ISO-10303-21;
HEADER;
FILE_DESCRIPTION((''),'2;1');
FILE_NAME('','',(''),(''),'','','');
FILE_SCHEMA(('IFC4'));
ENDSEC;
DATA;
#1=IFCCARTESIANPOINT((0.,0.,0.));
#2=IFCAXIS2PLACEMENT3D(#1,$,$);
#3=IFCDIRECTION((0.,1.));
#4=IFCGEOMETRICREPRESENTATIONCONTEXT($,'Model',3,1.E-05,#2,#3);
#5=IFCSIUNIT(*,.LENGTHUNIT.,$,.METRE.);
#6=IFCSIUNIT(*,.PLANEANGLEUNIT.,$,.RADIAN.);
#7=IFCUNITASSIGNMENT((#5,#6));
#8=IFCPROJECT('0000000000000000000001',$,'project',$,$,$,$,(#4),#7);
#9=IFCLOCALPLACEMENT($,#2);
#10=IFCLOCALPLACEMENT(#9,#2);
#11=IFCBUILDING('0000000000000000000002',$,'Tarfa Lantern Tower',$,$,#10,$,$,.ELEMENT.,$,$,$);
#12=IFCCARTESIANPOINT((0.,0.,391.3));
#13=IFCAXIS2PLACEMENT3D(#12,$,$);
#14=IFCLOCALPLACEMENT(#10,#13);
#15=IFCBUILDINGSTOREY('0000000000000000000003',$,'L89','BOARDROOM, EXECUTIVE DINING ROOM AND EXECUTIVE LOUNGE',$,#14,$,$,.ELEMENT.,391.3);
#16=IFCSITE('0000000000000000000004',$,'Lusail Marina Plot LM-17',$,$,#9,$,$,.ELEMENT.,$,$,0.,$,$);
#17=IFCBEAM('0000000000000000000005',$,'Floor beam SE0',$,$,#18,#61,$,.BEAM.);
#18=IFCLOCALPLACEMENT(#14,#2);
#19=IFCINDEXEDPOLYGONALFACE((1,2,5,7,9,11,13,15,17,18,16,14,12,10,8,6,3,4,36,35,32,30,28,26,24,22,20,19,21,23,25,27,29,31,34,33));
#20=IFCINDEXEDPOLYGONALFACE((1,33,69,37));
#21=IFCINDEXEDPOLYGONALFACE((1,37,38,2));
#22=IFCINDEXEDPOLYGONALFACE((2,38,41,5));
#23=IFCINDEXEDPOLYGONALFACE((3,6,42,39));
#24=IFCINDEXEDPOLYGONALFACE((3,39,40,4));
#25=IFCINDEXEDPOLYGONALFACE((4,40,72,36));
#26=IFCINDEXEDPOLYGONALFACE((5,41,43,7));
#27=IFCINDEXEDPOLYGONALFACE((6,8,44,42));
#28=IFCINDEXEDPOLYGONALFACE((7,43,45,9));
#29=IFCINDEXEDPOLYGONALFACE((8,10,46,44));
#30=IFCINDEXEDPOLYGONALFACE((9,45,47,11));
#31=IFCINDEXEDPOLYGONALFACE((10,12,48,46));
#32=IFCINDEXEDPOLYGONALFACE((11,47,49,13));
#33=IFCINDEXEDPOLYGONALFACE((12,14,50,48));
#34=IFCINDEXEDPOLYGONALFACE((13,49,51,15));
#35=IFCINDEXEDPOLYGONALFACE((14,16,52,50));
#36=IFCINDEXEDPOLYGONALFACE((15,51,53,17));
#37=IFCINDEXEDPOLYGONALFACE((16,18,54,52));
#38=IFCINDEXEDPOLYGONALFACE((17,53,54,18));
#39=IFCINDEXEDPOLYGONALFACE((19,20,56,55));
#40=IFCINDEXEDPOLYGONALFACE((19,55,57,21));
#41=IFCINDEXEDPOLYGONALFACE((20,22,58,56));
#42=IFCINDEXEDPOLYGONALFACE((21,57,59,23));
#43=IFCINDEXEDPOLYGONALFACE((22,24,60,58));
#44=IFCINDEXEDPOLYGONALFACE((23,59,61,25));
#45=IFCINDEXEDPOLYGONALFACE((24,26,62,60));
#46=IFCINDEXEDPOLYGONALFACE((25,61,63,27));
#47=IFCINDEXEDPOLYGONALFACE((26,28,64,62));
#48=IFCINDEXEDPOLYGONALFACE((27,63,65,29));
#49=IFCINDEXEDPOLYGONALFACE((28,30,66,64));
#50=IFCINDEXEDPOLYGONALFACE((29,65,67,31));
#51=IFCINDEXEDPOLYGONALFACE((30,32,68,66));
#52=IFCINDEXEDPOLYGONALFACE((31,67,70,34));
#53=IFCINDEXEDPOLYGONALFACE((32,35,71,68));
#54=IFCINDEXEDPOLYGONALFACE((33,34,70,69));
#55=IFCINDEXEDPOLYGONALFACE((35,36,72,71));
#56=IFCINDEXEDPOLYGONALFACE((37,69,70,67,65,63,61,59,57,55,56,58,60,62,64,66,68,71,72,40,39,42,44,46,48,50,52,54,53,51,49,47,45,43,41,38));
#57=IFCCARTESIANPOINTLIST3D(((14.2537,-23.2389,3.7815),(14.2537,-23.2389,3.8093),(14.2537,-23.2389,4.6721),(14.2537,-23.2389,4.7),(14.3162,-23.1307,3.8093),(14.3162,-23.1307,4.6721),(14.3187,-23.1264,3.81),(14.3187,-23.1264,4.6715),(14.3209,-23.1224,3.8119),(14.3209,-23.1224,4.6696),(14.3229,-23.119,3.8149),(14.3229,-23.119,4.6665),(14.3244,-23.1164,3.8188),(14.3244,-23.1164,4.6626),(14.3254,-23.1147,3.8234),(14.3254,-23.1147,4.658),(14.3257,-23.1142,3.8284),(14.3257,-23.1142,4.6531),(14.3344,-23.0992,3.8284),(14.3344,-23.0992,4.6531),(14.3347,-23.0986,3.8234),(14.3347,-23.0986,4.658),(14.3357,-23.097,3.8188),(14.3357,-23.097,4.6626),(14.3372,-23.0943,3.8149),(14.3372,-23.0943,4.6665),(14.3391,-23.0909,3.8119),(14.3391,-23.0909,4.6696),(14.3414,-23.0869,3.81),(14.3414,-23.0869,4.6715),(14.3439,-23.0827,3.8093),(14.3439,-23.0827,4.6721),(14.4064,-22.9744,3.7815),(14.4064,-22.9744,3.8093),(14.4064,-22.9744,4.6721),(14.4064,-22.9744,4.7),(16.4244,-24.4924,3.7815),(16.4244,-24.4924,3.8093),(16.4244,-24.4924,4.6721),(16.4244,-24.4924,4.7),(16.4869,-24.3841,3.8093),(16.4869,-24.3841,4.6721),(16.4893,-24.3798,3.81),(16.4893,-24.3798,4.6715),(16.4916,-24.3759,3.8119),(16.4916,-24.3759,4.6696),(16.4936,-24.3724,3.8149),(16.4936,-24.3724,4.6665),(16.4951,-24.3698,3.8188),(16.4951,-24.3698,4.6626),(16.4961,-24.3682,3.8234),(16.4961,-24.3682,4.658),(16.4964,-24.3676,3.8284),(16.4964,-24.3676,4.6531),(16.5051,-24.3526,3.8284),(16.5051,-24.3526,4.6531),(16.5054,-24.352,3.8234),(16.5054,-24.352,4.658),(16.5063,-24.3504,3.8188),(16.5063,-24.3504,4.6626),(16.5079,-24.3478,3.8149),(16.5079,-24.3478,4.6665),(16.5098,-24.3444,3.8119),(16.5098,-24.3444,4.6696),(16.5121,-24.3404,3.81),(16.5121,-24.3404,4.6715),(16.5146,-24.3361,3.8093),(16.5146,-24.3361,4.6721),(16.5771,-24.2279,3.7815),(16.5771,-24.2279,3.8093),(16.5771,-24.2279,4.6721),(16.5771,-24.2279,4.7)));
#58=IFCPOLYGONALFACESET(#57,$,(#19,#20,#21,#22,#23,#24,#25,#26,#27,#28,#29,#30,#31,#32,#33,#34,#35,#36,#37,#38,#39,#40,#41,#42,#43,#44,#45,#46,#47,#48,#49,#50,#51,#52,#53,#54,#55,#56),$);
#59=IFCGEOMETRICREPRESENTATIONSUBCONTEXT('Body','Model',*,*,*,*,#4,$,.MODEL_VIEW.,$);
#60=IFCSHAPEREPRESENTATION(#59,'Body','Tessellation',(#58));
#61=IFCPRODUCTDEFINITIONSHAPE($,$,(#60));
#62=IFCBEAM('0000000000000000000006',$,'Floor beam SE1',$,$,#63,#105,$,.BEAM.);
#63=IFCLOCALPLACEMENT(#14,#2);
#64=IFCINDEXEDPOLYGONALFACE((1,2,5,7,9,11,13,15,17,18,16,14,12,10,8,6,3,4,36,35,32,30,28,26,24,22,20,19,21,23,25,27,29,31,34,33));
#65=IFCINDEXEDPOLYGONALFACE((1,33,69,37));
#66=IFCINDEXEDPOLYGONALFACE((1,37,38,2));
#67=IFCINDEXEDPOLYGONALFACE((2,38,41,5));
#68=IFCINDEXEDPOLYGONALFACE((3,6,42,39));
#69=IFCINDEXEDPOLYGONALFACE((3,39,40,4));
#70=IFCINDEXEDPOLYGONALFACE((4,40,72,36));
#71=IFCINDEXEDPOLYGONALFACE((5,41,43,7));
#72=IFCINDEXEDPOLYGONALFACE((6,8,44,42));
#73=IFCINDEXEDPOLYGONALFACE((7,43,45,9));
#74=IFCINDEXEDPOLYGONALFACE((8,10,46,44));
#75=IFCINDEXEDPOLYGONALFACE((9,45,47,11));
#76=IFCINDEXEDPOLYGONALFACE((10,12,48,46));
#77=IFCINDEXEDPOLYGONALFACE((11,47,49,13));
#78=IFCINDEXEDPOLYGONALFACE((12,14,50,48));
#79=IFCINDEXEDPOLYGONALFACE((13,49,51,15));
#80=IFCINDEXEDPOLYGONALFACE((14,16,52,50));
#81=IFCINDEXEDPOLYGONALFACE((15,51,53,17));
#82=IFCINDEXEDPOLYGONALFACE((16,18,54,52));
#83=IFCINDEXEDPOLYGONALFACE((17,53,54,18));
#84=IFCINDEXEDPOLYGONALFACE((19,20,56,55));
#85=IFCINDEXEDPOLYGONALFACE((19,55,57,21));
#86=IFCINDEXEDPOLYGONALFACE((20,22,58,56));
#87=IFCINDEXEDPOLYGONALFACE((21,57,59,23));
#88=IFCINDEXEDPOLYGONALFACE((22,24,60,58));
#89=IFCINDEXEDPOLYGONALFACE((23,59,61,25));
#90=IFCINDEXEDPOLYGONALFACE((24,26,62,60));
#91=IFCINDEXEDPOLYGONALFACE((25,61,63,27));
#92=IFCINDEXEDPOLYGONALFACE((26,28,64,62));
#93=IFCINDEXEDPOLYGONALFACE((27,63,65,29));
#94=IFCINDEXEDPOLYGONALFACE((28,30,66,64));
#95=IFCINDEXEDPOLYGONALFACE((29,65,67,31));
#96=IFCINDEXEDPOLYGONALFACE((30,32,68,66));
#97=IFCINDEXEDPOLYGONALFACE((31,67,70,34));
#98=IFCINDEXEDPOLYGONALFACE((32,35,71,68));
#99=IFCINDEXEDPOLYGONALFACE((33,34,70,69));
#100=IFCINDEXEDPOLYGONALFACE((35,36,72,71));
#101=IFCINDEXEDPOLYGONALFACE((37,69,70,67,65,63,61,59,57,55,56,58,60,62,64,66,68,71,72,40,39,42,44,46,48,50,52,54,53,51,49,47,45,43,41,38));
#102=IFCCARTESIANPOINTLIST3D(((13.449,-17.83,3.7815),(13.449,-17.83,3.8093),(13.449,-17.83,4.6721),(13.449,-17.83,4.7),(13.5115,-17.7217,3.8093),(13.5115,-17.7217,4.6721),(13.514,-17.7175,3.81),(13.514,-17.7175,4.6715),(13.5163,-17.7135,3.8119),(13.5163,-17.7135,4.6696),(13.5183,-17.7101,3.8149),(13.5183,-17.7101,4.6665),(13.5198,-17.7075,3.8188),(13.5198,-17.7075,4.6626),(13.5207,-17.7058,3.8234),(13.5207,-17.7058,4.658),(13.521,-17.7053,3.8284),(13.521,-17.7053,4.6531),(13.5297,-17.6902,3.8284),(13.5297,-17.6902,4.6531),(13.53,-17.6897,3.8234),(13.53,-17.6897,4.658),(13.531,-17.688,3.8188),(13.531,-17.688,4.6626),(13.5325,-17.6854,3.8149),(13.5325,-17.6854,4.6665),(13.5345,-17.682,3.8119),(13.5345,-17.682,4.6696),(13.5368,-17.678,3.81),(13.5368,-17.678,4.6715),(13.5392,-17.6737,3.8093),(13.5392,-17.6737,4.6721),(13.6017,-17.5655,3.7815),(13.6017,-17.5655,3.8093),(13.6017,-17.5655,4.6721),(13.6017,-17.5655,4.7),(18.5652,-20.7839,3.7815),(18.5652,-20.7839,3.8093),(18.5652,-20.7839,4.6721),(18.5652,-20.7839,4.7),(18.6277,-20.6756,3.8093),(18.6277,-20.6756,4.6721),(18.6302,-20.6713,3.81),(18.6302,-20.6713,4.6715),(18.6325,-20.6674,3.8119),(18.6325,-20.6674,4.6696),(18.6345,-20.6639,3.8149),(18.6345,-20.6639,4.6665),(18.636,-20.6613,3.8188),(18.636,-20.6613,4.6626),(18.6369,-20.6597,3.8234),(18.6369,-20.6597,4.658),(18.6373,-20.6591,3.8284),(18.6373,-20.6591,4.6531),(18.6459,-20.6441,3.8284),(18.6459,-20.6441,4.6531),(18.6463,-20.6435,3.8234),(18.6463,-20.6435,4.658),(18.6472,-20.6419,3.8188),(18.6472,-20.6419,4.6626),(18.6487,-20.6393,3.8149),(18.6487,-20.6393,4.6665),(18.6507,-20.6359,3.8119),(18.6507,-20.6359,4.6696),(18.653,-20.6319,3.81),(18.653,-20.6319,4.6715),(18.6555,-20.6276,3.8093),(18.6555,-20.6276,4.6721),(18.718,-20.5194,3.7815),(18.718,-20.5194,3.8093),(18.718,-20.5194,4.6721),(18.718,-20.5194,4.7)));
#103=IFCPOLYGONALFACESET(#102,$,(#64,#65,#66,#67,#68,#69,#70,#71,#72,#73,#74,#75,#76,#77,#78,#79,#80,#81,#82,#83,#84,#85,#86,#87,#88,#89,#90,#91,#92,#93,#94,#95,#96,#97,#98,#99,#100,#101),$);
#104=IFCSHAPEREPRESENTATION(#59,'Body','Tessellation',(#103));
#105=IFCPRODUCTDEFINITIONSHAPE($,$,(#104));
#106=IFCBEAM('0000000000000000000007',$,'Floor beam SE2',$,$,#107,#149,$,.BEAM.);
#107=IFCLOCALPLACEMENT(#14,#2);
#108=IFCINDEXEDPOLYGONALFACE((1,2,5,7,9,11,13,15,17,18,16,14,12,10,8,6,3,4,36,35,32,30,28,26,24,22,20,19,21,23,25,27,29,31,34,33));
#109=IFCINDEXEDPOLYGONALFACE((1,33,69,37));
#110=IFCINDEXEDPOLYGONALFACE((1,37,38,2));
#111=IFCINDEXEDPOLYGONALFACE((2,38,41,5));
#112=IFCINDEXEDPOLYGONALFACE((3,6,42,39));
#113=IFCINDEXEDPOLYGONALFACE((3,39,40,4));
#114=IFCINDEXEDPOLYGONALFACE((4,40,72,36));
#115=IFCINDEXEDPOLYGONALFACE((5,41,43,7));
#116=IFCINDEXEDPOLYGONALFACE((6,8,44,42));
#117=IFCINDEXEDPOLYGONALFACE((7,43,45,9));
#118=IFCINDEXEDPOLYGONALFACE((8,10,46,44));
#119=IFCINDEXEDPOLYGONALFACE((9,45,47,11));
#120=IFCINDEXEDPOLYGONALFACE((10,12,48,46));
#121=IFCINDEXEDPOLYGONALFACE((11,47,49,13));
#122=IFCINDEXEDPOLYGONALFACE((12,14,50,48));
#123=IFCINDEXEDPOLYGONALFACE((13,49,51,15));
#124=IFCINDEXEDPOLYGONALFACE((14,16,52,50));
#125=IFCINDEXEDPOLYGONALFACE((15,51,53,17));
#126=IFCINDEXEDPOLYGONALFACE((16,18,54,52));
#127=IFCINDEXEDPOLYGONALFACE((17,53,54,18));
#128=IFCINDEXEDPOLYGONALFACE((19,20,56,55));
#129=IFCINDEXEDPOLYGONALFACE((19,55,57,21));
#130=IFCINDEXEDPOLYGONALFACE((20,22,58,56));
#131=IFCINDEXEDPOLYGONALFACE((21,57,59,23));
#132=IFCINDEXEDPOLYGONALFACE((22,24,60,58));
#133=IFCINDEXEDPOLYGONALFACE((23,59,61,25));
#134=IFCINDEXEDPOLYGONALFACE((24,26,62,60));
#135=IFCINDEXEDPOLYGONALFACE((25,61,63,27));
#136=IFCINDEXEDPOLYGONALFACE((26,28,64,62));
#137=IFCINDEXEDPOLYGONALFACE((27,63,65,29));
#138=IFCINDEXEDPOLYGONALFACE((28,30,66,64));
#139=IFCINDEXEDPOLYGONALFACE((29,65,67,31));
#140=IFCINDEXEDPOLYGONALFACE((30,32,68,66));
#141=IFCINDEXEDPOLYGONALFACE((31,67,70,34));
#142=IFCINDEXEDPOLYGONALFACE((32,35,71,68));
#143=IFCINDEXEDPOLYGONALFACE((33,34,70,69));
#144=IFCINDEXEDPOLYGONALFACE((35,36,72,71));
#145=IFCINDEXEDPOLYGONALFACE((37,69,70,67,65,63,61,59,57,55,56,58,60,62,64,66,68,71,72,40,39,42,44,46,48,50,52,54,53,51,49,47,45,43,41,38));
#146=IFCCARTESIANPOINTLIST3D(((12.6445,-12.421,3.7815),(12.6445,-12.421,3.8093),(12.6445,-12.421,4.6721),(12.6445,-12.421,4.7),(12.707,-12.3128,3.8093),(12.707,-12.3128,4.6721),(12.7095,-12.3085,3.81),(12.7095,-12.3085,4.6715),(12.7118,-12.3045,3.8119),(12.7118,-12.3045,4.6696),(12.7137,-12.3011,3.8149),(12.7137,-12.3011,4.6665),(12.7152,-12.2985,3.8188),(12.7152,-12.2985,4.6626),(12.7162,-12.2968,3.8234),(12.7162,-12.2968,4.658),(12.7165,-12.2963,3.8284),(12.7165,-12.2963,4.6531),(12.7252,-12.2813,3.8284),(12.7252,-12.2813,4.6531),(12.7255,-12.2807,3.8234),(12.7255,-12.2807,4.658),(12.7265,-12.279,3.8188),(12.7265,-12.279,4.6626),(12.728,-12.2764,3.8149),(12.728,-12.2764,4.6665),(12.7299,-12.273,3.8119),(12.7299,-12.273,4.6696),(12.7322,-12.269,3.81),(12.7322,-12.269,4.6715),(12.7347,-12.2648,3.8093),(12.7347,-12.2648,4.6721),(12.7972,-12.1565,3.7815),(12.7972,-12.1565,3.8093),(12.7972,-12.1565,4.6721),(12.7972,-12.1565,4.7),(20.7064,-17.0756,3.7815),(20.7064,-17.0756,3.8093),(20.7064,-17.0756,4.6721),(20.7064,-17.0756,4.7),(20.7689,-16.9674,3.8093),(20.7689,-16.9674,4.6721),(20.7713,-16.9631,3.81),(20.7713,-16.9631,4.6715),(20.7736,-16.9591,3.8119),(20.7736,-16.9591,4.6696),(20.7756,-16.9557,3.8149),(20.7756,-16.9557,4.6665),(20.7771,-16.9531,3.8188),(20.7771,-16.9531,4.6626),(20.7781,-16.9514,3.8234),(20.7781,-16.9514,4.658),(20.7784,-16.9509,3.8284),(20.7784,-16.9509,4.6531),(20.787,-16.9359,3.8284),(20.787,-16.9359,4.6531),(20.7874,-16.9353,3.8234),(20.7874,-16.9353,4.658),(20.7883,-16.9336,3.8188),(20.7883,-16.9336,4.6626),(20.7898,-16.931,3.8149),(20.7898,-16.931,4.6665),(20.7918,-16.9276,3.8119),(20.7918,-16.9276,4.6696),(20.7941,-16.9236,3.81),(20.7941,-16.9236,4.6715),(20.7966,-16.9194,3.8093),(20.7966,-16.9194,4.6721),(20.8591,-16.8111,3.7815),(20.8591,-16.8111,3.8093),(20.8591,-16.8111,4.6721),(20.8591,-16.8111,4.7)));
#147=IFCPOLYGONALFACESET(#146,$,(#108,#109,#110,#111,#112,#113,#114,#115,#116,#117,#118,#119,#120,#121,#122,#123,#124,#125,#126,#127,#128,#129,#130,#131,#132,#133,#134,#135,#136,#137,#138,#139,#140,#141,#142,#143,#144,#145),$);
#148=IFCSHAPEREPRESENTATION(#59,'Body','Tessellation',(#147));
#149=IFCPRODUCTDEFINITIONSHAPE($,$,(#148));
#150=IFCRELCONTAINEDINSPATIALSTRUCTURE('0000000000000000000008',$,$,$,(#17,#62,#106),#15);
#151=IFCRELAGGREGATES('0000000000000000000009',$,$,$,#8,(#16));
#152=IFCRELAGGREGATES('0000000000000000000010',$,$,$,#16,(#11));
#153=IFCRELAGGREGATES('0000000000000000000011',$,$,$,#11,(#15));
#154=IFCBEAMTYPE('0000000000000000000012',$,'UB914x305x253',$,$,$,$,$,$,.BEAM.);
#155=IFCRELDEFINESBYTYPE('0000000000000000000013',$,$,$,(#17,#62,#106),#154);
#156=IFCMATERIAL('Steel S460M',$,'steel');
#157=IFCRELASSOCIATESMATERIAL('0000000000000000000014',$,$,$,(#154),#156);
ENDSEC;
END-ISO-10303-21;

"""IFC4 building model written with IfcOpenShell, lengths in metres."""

from ifc_helpers import new_model, si_unit, direction, frame, origin, origin_2d, place, context, subcontext, project, spatial, i_section, extrude, material, material_profile, profile_set, type_object, element, save


model = new_model("IFC4")

# Units and contexts
model_context = context("Model", 3, precision=1e-05, world=origin(), true_north=direction((0.0, 1.0)))
body_context = subcontext(model_context, "Body", "Model", "MODEL_VIEW")
ifc_project = project(units=[si_unit("LENGTHUNIT", "METRE"), si_unit("PLANEANGLEUNIT", "RADIAN")], contexts=[model_context])

# Site, building, storey
site_placement = place(None, origin())
site = spatial("IfcSite", under=ifc_project, at=site_placement, Name="Lusail Marina Plot LM-17", CompositionType="ELEMENT", RefElevation=0.0)
building_placement = place(site_placement, origin())
building = spatial("IfcBuilding", under=site, at=building_placement, Name="Tarfa Lantern Tower", CompositionType="ELEMENT")
storey_placement = place(building_placement, frame((0.0, 0.0, 391.3)))
storey = spatial("IfcBuildingStorey", under=building, at=storey_placement, Name="L89", Description="BOARDROOM, EXECUTIVE DINING ROOM AND EXECUTIVE LOUNGE", CompositionType="ELEMENT", Elevation=391.3)

# Beams
ifc_material_1 = material(Name="Steel S460M", Category="steel")
ifc_material_profile_1 = material_profile(ifc_material_1, i_section(OverallWidth=0.3054, OverallDepth=0.9185, WebThickness=0.0173, FlangeThickness=0.0278, FilletRadius=0.019, at=origin_2d()), Name="UB914x305x253")
ifc_profile_set_1 = profile_set([ifc_material_profile_1], Name="Steel S460M")
beam_type_1 = type_object("IfcBeamType", Name="UB914x305x253", PredefinedType="BEAM", material=ifc_profile_set_1)
beam_1_placement = place(storey_placement, frame((16.5007, -24.3601, 4.2407), z_axis=(-0.865993, 0.500057, 0.0), x_axis=(-0.500057, -0.865993, 0.0)))
element("IfcBeam", 1, at=beam_1_placement, inside=storey, type_object=beam_type_1, Name="Floor beam SE0", PredefinedType="BEAM", context=body_context, shape_type="SweptSolid", body=[
    extrude(i_section(OverallWidth=0.3054, OverallDepth=0.9185, WebThickness=0.0173, FlangeThickness=0.0278, FilletRadius=0.019, at=origin_2d()), origin(), (0.0, 0.0, 1.0), 2.5066),
])
beam_2_placement = place(storey_placement, frame((18.6416, -20.6516, 4.2407), z_axis=(-0.866025, 0.500001, 0.0), x_axis=(-0.500001, -0.866025, 0.0)))
element("IfcBeam", 2, at=beam_2_placement, inside=storey, type_object=beam_type_1, Name="Floor beam SE1", PredefinedType="BEAM", context=body_context, shape_type="SweptSolid", body=[
    extrude(i_section(OverallWidth=0.3054, OverallDepth=0.9185, WebThickness=0.0173, FlangeThickness=0.0278, FilletRadius=0.019, at=origin_2d()), origin(), (0.0, 0.0, 1.0), 5.9077),
])
beam_3_placement = place(storey_placement, frame((20.7827, -16.9434, 4.2407), z_axis=(-0.866022, 0.500006, 0.0), x_axis=(-0.500006, -0.866022, 0.0)))
element("IfcBeam", 3, at=beam_3_placement, inside=storey, type_object=beam_type_1, Name="Floor beam SE2", PredefinedType="BEAM", context=body_context, shape_type="SweptSolid", body=[
    extrude(i_section(OverallWidth=0.3054, OverallDepth=0.9185, WebThickness=0.0173, FlangeThickness=0.0278, FilletRadius=0.019, at=origin_2d()), origin(), (0.0, 0.0, 1.0), 9.3091),
])

save(model, "model.ifc")
